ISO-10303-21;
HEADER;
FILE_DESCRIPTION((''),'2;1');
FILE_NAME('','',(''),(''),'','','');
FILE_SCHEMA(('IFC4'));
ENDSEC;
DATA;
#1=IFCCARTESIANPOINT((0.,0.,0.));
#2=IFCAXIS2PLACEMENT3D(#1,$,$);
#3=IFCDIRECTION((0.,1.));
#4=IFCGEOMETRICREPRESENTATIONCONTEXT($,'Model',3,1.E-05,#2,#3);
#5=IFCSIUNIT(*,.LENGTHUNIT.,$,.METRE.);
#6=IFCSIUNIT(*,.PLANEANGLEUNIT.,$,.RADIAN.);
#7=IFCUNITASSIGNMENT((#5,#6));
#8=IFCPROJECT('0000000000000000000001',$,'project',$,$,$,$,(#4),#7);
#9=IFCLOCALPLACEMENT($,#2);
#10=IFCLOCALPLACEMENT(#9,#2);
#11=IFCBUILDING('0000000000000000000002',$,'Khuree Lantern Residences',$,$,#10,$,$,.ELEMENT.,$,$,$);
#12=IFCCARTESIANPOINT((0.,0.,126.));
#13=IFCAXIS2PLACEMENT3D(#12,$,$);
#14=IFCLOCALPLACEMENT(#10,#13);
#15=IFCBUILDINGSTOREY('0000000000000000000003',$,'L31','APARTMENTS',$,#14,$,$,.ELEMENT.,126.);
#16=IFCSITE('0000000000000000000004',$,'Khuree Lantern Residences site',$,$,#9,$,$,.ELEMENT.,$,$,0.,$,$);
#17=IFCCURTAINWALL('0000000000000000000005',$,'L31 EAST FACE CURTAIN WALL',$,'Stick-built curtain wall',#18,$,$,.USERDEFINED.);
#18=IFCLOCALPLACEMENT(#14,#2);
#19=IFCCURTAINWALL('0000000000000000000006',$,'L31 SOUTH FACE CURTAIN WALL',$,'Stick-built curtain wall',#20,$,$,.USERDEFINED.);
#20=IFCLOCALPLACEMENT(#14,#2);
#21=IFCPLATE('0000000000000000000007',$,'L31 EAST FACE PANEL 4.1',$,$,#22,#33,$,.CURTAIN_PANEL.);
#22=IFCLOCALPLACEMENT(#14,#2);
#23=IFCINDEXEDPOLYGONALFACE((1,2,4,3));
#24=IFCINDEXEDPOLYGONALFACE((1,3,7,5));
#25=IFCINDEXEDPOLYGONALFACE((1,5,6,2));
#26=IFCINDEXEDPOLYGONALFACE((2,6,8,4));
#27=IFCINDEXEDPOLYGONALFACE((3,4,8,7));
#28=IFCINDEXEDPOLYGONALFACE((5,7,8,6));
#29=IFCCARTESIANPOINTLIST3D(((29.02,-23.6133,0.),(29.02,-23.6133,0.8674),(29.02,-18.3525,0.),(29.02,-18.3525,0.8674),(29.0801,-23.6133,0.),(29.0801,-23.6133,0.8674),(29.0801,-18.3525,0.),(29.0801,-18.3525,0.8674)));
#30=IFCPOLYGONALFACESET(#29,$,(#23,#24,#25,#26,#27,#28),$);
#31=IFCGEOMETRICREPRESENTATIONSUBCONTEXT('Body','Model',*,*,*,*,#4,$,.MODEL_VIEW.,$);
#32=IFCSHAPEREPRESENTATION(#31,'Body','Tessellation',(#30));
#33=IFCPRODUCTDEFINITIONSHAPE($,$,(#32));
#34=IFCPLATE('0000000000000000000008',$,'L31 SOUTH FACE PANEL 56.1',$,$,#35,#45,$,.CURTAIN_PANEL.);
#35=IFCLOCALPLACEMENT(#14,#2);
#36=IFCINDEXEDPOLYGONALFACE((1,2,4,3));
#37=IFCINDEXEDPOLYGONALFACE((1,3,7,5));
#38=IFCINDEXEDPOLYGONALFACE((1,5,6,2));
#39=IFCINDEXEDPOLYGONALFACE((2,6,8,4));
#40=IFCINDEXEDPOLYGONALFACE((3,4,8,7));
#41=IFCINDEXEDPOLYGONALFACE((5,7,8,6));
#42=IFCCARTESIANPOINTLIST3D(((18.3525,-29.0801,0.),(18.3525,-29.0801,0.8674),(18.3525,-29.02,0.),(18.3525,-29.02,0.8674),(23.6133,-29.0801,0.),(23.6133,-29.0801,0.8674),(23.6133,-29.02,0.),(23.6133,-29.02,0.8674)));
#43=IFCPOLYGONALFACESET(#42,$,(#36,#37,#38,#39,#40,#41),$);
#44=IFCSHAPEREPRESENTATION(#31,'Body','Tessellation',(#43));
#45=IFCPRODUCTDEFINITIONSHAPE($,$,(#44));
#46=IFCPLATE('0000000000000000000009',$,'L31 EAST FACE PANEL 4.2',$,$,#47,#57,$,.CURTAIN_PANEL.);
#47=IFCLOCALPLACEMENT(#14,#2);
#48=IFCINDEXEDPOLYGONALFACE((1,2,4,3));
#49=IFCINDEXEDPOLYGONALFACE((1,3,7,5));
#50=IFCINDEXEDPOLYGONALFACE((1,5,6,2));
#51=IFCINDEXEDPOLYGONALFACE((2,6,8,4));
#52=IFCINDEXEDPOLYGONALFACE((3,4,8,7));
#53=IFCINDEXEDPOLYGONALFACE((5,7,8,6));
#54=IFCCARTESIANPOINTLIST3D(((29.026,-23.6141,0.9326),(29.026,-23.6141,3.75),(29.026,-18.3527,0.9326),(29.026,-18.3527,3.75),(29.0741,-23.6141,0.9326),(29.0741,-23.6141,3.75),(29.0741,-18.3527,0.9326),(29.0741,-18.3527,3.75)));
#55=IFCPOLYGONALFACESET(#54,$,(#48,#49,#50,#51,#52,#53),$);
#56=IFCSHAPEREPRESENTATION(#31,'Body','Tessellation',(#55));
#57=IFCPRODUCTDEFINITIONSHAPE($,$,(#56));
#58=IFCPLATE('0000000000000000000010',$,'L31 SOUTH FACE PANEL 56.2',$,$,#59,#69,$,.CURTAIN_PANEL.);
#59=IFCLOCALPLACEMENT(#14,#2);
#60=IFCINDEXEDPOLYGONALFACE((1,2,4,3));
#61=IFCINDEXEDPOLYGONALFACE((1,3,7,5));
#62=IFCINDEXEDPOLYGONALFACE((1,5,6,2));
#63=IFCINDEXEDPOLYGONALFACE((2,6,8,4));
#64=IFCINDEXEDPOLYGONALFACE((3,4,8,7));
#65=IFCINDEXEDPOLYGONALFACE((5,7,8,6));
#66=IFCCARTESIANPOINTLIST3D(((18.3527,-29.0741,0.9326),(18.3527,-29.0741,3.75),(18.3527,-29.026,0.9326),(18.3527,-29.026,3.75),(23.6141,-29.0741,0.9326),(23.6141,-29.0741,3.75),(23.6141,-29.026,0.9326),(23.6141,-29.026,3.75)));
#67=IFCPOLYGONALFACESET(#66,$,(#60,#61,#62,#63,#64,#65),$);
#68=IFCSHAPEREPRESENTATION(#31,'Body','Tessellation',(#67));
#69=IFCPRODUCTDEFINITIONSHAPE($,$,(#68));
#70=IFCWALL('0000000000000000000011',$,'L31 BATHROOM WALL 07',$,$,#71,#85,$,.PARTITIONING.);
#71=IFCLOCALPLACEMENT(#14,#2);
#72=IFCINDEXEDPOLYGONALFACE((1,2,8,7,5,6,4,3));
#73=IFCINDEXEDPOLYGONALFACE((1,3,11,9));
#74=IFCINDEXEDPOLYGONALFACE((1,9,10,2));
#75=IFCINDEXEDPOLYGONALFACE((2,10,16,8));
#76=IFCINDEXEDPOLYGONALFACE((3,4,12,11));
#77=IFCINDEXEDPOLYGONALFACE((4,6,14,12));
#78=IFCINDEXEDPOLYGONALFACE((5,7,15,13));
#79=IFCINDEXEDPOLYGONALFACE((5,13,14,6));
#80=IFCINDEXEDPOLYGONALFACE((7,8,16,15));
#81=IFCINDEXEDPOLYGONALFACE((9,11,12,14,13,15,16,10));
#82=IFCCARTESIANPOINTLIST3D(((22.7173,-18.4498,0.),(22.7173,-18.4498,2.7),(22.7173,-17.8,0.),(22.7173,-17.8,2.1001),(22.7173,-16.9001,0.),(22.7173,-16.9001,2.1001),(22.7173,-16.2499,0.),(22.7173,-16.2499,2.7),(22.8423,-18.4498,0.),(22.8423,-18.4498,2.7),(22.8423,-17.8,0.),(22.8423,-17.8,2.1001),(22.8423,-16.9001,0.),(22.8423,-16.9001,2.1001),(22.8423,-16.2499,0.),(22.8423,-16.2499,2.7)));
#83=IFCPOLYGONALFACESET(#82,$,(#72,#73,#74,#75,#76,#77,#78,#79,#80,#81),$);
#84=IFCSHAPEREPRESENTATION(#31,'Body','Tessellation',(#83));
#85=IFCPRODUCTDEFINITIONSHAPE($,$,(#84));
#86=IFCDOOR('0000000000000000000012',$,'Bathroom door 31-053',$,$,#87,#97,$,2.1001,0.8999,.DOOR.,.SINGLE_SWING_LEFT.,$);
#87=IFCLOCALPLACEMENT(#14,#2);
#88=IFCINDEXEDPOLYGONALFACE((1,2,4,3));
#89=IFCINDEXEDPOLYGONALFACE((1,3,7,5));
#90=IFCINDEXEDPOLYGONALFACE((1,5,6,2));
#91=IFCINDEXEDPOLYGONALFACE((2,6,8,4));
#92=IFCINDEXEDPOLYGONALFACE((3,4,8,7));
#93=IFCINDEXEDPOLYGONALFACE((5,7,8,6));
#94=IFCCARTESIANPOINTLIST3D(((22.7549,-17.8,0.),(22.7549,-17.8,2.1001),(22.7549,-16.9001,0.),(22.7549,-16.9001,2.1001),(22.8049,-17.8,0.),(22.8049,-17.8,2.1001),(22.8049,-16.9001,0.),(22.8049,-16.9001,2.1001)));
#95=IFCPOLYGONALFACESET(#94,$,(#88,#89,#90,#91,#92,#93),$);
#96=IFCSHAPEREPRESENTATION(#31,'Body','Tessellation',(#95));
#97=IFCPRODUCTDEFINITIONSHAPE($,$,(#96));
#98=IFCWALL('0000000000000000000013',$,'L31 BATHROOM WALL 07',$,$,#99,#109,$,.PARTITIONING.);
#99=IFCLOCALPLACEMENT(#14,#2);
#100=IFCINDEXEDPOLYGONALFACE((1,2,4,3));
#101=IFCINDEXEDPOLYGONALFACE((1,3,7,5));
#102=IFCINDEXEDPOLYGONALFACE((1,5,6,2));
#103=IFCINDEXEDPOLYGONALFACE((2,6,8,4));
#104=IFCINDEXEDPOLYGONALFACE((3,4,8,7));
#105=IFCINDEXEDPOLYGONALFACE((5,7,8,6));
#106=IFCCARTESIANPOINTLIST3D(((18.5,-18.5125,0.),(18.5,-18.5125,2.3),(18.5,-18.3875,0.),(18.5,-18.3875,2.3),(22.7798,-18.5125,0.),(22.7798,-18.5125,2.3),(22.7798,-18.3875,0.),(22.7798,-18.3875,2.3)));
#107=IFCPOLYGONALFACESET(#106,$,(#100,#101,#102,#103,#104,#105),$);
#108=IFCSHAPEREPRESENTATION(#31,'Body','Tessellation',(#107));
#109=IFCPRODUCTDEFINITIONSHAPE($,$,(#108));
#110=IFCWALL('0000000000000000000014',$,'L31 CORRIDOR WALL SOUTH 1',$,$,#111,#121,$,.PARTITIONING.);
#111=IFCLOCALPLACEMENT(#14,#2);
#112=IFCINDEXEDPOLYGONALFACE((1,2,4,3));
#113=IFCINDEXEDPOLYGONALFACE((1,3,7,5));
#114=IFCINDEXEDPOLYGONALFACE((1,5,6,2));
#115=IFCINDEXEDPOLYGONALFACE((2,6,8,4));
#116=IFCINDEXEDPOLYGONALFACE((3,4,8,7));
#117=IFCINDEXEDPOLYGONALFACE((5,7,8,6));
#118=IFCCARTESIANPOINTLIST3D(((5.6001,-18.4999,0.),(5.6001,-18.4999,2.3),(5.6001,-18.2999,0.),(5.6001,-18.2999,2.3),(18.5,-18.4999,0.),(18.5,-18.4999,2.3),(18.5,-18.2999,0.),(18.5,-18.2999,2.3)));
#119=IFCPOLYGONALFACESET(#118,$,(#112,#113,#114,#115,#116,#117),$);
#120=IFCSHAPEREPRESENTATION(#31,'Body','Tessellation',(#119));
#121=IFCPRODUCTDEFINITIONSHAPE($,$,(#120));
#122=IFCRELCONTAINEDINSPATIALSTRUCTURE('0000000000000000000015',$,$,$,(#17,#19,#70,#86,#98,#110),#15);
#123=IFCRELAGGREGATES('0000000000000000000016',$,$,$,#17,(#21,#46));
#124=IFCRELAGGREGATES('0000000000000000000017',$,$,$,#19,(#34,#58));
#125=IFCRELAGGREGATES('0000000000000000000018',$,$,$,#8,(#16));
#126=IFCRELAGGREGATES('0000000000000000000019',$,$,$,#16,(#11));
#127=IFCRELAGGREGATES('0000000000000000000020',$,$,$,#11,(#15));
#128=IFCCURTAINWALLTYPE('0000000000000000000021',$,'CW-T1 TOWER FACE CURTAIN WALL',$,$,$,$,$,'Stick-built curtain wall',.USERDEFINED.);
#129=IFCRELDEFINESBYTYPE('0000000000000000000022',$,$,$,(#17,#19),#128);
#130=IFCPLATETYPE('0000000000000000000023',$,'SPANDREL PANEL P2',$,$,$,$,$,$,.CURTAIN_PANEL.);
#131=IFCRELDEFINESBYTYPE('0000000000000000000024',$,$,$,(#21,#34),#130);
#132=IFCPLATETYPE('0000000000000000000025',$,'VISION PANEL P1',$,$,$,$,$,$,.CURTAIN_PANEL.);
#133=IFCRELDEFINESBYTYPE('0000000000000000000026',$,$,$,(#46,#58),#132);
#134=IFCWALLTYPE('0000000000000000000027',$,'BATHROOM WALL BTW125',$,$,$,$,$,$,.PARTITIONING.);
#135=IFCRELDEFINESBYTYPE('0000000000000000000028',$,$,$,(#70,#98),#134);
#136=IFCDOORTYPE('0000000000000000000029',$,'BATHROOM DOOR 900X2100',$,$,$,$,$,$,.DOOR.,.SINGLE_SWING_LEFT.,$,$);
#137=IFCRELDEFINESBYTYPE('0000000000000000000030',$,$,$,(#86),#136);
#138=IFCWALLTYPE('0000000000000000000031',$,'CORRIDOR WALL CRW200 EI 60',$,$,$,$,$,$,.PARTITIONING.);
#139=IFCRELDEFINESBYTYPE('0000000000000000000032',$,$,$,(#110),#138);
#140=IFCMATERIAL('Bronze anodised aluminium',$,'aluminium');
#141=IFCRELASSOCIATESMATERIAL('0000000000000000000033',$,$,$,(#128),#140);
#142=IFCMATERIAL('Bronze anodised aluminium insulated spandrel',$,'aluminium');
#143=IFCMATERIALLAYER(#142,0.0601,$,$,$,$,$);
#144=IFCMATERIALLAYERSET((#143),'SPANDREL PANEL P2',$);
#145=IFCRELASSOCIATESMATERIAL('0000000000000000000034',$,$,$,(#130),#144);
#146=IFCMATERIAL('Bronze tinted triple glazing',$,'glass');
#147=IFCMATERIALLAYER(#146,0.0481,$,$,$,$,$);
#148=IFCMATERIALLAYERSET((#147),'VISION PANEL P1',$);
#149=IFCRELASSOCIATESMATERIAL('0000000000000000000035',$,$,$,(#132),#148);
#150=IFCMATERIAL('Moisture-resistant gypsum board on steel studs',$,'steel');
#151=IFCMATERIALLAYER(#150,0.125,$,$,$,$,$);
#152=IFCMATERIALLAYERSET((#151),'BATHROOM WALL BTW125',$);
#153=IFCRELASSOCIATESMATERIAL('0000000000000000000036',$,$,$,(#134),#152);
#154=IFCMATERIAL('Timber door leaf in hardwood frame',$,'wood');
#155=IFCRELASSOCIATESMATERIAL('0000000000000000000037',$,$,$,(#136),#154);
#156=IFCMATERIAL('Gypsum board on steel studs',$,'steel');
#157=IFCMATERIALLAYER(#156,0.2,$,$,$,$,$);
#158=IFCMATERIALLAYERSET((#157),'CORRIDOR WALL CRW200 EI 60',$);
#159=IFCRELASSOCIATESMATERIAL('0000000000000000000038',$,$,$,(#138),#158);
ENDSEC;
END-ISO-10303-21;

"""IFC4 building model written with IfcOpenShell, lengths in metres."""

from ifc_helpers import new_model, si_unit, direction, frame, frame_2d, origin, origin_2d, place, context, subcontext, project, spatial, rectangle, extrude, material, layer, layer_set, type_object, element, fill, aggregate, save


model = new_model("IFC4")

# Units and contexts
model_context = context("Model", 3, precision=1e-05, world=origin(), true_north=direction((0.0, 1.0)))
body_context = subcontext(model_context, "Body", "Model", "MODEL_VIEW")
ifc_project = project(units=[si_unit("LENGTHUNIT", "METRE"), si_unit("PLANEANGLEUNIT", "RADIAN")], contexts=[model_context])

# Site, building, storey
site_placement = place(None, origin())
site = spatial("IfcSite", under=ifc_project, at=site_placement, Name="Khuree Lantern Residences site", CompositionType="ELEMENT", RefElevation=0.0)
building_placement = place(site_placement, origin())
building = spatial("IfcBuilding", under=site, at=building_placement, Name="Khuree Lantern Residences", CompositionType="ELEMENT")
storey_placement = place(building_placement, frame((0.0, 0.0, 126.0)))
storey = spatial("IfcBuildingStorey", under=building, at=storey_placement, Name="L31", Description="APARTMENTS", CompositionType="ELEMENT", Elevation=126.0)

# Shared definitions
ifc_material_1 = material(Name="Bronze anodised aluminium", Category="aluminium")

# Curtain wall
curtain_wall_type_1 = type_object("IfcCurtainWallType", Name="CW-T1 TOWER FACE CURTAIN WALL", ElementType="Stick-built curtain wall", PredefinedType="USERDEFINED", material=ifc_material_1)
curtain_wall_1_placement = place(storey_placement, origin())
curtain_wall_1 = element("IfcCurtainWall", 1, at=curtain_wall_1_placement, inside=storey, type_object=curtain_wall_type_1, Name="L31 EAST FACE CURTAIN WALL", ObjectType="Stick-built curtain wall", PredefinedType="USERDEFINED")

# Curtain wall
curtain_wall_2_placement = place(storey_placement, origin())
curtain_wall_2 = element("IfcCurtainWall", 2, at=curtain_wall_2_placement, inside=storey, type_object=curtain_wall_type_1, Name="L31 SOUTH FACE CURTAIN WALL", ObjectType="Stick-built curtain wall", PredefinedType="USERDEFINED")

# Plates
ifc_material_2 = material(Name="Bronze tinted triple glazing", Category="glass")
ifc_material_3 = material(Name="Bronze anodised aluminium insulated spandrel", Category="aluminium")
ifc_layer_1 = layer(ifc_material_3, 0.0601)
ifc_layer_set_1 = layer_set([ifc_layer_1], Name="SPANDREL PANEL P2")
plate_type_1 = type_object("IfcPlateType", Name="SPANDREL PANEL P2", PredefinedType="CURTAIN_PANEL", material=ifc_layer_set_1)
plate_1_placement = place(storey_placement, frame((29.05, -20.9829, 0.0), z_axis=(0.0, 0.0, 1.0), x_axis=(0.0, 1.0, 0.0)))
plate_1 = element("IfcPlate", 3, at=plate_1_placement, type_object=plate_type_1, Name="L31 EAST FACE PANEL 4.1", PredefinedType="CURTAIN_PANEL", context=body_context, shape_type="SweptSolid", body=[
    extrude(rectangle(XDim=5.2607, YDim=0.0601, at=origin_2d()), origin(), (0.0, 0.0, 1.0), 0.8674),
])
plate_2_placement = place(storey_placement, frame((20.9829, -29.05, 0.0), z_axis=(0.0, 0.0, 1.0), x_axis=(1.0, 0.0, 0.0)))
plate_2 = element("IfcPlate", 4, at=plate_2_placement, type_object=plate_type_1, Name="L31 SOUTH FACE PANEL 56.1", PredefinedType="CURTAIN_PANEL", context=body_context, shape_type="SweptSolid", body=[
    extrude(rectangle(XDim=5.2607, YDim=0.0601, at=origin_2d()), origin(), (0.0, 0.0, 1.0), 0.8674),
])
ifc_layer_2 = layer(ifc_material_2, 0.0481)
ifc_layer_set_2 = layer_set([ifc_layer_2], Name="VISION PANEL P1")
plate_type_2 = type_object("IfcPlateType", Name="VISION PANEL P1", PredefinedType="CURTAIN_PANEL", material=ifc_layer_set_2)
plate_3_placement = place(storey_placement, frame((29.05, -20.9834, 0.9326), z_axis=(0.0, 0.0, 1.0), x_axis=(0.0, 1.0, 0.0)))
plate_3 = element("IfcPlate", 5, at=plate_3_placement, type_object=plate_type_2, Name="L31 EAST FACE PANEL 4.2", PredefinedType="CURTAIN_PANEL", context=body_context, shape_type="SweptSolid", body=[
    extrude(rectangle(XDim=5.2615, YDim=0.0481, at=origin_2d()), origin(), (0.0, 0.0, 1.0), 2.8174),
])
aggregate(curtain_wall_1, [plate_1, plate_3])
plate_4_placement = place(storey_placement, frame((20.9834, -29.05, 0.9326), z_axis=(0.0, 0.0, 1.0), x_axis=(1.0, 0.0, 0.0)))
plate_4 = element("IfcPlate", 6, at=plate_4_placement, type_object=plate_type_2, Name="L31 SOUTH FACE PANEL 56.2", PredefinedType="CURTAIN_PANEL", context=body_context, shape_type="SweptSolid", body=[
    extrude(rectangle(XDim=5.2615, YDim=0.0481, at=origin_2d()), origin(), (0.0, 0.0, 1.0), 2.8174),
])
aggregate(curtain_wall_2, [plate_2, plate_4])

# Wall, opening, door
ifc_material_4 = material(Name="Moisture-resistant gypsum board on steel studs", Category="steel")
ifc_layer_3 = layer(ifc_material_4, 0.125)
ifc_layer_set_3 = layer_set([ifc_layer_3], Name="BATHROOM WALL BTW125")
wall_type_1 = type_object("IfcWallType", Name="BATHROOM WALL BTW125", PredefinedType="PARTITIONING", material=ifc_layer_set_3)
wall_1_placement = place(storey_placement, frame((22.7798, -18.45, 0.0), z_axis=(0.0, 0.0, 1.0), x_axis=(0.0, 1.0, 0.0)))
wall_1 = element("IfcWall", 7, at=wall_1_placement, inside=storey, type_object=wall_type_1, Name="L31 BATHROOM WALL 07", PredefinedType="PARTITIONING", context=body_context, shape_type="SweptSolid", body=[
    extrude(rectangle(XDim=2.2, YDim=0.125, at=frame_2d((1.1001, 0.0))), origin(), (0.0, 0.0, 1.0), 2.7),
])
opening_placement = place(wall_1_placement, frame((0.6499, 0.0, 0.0)))
opening = element("IfcOpeningElement", 8, at=opening_placement, cuts=wall_1, PredefinedType="OPENING", context=body_context, shape_type="SweptSolid", body=[
    extrude(rectangle(XDim=0.8999, YDim=2.1001, at=frame_2d((0.45, 1.05))), frame((0.0, 0.0725, 0.0), z_axis=(0.0, -1.0, 0.0), x_axis=(1.0, 0.0, 0.0)), (0.0, 0.0, 1.0), 0.145),
])
ifc_material_5 = material(Name="Timber door leaf in hardwood frame", Category="wood")
door_type = type_object("IfcDoorType", Name="BATHROOM DOOR 900X2100", OperationType="SINGLE_SWING_LEFT", PredefinedType="DOOR", material=ifc_material_5)
door_placement = place(opening_placement, origin())
door = element("IfcDoor", 9, at=door_placement, inside=storey, type_object=door_type, Name="Bathroom door 31-053", OperationType="SINGLE_SWING_LEFT", OverallHeight=2.1001, OverallWidth=0.8999, PredefinedType="DOOR", context=body_context, shape_type="SweptSolid", body=[
    extrude(rectangle(XDim=0.8999, YDim=2.1001, at=frame_2d((0.45, 1.05))), frame((0.0, 0.0249, 0.0), z_axis=(0.0, -1.0, 0.0), x_axis=(1.0, 0.0, 0.0)), (0.0, 0.0, 1.0), 0.05),
])
fill(opening, door)

# Walls
wall_2_placement = place(storey_placement, frame((18.5, -18.45, 0.0), z_axis=(0.0, 0.0, 1.0), x_axis=(1.0, 0.0, 0.0)))
element("IfcWall", 10, at=wall_2_placement, inside=storey, type_object=wall_type_1, Name="L31 BATHROOM WALL 07", PredefinedType="PARTITIONING", context=body_context, shape_type="SweptSolid", body=[
    extrude(rectangle(XDim=4.2798, YDim=0.125, at=frame_2d((2.1399, 0.0))), origin(), (0.0, 0.0, 1.0), 2.3),
])
ifc_material_6 = material(Name="Gypsum board on steel studs", Category="steel")
ifc_layer_4 = layer(ifc_material_6, 0.2)
ifc_layer_set_4 = layer_set([ifc_layer_4], Name="CORRIDOR WALL CRW200 EI 60")
wall_type_2 = type_object("IfcWallType", Name="CORRIDOR WALL CRW200 EI 60", PredefinedType="PARTITIONING", material=ifc_layer_set_4)
wall_3_placement = place(storey_placement, frame((18.5, -18.3999, 0.0), z_axis=(0.0, 0.0, 1.0), x_axis=(-1.0, 0.0, 0.0)))
element("IfcWall", 11, at=wall_3_placement, inside=storey, type_object=wall_type_2, Name="L31 CORRIDOR WALL SOUTH 1", PredefinedType="PARTITIONING", context=body_context, shape_type="SweptSolid", body=[
    extrude(rectangle(XDim=12.8999, YDim=0.2, at=frame_2d((6.45, 0.0))), origin(), (0.0, 0.0, 1.0), 2.3),
])

save(model, "model.ifc")
